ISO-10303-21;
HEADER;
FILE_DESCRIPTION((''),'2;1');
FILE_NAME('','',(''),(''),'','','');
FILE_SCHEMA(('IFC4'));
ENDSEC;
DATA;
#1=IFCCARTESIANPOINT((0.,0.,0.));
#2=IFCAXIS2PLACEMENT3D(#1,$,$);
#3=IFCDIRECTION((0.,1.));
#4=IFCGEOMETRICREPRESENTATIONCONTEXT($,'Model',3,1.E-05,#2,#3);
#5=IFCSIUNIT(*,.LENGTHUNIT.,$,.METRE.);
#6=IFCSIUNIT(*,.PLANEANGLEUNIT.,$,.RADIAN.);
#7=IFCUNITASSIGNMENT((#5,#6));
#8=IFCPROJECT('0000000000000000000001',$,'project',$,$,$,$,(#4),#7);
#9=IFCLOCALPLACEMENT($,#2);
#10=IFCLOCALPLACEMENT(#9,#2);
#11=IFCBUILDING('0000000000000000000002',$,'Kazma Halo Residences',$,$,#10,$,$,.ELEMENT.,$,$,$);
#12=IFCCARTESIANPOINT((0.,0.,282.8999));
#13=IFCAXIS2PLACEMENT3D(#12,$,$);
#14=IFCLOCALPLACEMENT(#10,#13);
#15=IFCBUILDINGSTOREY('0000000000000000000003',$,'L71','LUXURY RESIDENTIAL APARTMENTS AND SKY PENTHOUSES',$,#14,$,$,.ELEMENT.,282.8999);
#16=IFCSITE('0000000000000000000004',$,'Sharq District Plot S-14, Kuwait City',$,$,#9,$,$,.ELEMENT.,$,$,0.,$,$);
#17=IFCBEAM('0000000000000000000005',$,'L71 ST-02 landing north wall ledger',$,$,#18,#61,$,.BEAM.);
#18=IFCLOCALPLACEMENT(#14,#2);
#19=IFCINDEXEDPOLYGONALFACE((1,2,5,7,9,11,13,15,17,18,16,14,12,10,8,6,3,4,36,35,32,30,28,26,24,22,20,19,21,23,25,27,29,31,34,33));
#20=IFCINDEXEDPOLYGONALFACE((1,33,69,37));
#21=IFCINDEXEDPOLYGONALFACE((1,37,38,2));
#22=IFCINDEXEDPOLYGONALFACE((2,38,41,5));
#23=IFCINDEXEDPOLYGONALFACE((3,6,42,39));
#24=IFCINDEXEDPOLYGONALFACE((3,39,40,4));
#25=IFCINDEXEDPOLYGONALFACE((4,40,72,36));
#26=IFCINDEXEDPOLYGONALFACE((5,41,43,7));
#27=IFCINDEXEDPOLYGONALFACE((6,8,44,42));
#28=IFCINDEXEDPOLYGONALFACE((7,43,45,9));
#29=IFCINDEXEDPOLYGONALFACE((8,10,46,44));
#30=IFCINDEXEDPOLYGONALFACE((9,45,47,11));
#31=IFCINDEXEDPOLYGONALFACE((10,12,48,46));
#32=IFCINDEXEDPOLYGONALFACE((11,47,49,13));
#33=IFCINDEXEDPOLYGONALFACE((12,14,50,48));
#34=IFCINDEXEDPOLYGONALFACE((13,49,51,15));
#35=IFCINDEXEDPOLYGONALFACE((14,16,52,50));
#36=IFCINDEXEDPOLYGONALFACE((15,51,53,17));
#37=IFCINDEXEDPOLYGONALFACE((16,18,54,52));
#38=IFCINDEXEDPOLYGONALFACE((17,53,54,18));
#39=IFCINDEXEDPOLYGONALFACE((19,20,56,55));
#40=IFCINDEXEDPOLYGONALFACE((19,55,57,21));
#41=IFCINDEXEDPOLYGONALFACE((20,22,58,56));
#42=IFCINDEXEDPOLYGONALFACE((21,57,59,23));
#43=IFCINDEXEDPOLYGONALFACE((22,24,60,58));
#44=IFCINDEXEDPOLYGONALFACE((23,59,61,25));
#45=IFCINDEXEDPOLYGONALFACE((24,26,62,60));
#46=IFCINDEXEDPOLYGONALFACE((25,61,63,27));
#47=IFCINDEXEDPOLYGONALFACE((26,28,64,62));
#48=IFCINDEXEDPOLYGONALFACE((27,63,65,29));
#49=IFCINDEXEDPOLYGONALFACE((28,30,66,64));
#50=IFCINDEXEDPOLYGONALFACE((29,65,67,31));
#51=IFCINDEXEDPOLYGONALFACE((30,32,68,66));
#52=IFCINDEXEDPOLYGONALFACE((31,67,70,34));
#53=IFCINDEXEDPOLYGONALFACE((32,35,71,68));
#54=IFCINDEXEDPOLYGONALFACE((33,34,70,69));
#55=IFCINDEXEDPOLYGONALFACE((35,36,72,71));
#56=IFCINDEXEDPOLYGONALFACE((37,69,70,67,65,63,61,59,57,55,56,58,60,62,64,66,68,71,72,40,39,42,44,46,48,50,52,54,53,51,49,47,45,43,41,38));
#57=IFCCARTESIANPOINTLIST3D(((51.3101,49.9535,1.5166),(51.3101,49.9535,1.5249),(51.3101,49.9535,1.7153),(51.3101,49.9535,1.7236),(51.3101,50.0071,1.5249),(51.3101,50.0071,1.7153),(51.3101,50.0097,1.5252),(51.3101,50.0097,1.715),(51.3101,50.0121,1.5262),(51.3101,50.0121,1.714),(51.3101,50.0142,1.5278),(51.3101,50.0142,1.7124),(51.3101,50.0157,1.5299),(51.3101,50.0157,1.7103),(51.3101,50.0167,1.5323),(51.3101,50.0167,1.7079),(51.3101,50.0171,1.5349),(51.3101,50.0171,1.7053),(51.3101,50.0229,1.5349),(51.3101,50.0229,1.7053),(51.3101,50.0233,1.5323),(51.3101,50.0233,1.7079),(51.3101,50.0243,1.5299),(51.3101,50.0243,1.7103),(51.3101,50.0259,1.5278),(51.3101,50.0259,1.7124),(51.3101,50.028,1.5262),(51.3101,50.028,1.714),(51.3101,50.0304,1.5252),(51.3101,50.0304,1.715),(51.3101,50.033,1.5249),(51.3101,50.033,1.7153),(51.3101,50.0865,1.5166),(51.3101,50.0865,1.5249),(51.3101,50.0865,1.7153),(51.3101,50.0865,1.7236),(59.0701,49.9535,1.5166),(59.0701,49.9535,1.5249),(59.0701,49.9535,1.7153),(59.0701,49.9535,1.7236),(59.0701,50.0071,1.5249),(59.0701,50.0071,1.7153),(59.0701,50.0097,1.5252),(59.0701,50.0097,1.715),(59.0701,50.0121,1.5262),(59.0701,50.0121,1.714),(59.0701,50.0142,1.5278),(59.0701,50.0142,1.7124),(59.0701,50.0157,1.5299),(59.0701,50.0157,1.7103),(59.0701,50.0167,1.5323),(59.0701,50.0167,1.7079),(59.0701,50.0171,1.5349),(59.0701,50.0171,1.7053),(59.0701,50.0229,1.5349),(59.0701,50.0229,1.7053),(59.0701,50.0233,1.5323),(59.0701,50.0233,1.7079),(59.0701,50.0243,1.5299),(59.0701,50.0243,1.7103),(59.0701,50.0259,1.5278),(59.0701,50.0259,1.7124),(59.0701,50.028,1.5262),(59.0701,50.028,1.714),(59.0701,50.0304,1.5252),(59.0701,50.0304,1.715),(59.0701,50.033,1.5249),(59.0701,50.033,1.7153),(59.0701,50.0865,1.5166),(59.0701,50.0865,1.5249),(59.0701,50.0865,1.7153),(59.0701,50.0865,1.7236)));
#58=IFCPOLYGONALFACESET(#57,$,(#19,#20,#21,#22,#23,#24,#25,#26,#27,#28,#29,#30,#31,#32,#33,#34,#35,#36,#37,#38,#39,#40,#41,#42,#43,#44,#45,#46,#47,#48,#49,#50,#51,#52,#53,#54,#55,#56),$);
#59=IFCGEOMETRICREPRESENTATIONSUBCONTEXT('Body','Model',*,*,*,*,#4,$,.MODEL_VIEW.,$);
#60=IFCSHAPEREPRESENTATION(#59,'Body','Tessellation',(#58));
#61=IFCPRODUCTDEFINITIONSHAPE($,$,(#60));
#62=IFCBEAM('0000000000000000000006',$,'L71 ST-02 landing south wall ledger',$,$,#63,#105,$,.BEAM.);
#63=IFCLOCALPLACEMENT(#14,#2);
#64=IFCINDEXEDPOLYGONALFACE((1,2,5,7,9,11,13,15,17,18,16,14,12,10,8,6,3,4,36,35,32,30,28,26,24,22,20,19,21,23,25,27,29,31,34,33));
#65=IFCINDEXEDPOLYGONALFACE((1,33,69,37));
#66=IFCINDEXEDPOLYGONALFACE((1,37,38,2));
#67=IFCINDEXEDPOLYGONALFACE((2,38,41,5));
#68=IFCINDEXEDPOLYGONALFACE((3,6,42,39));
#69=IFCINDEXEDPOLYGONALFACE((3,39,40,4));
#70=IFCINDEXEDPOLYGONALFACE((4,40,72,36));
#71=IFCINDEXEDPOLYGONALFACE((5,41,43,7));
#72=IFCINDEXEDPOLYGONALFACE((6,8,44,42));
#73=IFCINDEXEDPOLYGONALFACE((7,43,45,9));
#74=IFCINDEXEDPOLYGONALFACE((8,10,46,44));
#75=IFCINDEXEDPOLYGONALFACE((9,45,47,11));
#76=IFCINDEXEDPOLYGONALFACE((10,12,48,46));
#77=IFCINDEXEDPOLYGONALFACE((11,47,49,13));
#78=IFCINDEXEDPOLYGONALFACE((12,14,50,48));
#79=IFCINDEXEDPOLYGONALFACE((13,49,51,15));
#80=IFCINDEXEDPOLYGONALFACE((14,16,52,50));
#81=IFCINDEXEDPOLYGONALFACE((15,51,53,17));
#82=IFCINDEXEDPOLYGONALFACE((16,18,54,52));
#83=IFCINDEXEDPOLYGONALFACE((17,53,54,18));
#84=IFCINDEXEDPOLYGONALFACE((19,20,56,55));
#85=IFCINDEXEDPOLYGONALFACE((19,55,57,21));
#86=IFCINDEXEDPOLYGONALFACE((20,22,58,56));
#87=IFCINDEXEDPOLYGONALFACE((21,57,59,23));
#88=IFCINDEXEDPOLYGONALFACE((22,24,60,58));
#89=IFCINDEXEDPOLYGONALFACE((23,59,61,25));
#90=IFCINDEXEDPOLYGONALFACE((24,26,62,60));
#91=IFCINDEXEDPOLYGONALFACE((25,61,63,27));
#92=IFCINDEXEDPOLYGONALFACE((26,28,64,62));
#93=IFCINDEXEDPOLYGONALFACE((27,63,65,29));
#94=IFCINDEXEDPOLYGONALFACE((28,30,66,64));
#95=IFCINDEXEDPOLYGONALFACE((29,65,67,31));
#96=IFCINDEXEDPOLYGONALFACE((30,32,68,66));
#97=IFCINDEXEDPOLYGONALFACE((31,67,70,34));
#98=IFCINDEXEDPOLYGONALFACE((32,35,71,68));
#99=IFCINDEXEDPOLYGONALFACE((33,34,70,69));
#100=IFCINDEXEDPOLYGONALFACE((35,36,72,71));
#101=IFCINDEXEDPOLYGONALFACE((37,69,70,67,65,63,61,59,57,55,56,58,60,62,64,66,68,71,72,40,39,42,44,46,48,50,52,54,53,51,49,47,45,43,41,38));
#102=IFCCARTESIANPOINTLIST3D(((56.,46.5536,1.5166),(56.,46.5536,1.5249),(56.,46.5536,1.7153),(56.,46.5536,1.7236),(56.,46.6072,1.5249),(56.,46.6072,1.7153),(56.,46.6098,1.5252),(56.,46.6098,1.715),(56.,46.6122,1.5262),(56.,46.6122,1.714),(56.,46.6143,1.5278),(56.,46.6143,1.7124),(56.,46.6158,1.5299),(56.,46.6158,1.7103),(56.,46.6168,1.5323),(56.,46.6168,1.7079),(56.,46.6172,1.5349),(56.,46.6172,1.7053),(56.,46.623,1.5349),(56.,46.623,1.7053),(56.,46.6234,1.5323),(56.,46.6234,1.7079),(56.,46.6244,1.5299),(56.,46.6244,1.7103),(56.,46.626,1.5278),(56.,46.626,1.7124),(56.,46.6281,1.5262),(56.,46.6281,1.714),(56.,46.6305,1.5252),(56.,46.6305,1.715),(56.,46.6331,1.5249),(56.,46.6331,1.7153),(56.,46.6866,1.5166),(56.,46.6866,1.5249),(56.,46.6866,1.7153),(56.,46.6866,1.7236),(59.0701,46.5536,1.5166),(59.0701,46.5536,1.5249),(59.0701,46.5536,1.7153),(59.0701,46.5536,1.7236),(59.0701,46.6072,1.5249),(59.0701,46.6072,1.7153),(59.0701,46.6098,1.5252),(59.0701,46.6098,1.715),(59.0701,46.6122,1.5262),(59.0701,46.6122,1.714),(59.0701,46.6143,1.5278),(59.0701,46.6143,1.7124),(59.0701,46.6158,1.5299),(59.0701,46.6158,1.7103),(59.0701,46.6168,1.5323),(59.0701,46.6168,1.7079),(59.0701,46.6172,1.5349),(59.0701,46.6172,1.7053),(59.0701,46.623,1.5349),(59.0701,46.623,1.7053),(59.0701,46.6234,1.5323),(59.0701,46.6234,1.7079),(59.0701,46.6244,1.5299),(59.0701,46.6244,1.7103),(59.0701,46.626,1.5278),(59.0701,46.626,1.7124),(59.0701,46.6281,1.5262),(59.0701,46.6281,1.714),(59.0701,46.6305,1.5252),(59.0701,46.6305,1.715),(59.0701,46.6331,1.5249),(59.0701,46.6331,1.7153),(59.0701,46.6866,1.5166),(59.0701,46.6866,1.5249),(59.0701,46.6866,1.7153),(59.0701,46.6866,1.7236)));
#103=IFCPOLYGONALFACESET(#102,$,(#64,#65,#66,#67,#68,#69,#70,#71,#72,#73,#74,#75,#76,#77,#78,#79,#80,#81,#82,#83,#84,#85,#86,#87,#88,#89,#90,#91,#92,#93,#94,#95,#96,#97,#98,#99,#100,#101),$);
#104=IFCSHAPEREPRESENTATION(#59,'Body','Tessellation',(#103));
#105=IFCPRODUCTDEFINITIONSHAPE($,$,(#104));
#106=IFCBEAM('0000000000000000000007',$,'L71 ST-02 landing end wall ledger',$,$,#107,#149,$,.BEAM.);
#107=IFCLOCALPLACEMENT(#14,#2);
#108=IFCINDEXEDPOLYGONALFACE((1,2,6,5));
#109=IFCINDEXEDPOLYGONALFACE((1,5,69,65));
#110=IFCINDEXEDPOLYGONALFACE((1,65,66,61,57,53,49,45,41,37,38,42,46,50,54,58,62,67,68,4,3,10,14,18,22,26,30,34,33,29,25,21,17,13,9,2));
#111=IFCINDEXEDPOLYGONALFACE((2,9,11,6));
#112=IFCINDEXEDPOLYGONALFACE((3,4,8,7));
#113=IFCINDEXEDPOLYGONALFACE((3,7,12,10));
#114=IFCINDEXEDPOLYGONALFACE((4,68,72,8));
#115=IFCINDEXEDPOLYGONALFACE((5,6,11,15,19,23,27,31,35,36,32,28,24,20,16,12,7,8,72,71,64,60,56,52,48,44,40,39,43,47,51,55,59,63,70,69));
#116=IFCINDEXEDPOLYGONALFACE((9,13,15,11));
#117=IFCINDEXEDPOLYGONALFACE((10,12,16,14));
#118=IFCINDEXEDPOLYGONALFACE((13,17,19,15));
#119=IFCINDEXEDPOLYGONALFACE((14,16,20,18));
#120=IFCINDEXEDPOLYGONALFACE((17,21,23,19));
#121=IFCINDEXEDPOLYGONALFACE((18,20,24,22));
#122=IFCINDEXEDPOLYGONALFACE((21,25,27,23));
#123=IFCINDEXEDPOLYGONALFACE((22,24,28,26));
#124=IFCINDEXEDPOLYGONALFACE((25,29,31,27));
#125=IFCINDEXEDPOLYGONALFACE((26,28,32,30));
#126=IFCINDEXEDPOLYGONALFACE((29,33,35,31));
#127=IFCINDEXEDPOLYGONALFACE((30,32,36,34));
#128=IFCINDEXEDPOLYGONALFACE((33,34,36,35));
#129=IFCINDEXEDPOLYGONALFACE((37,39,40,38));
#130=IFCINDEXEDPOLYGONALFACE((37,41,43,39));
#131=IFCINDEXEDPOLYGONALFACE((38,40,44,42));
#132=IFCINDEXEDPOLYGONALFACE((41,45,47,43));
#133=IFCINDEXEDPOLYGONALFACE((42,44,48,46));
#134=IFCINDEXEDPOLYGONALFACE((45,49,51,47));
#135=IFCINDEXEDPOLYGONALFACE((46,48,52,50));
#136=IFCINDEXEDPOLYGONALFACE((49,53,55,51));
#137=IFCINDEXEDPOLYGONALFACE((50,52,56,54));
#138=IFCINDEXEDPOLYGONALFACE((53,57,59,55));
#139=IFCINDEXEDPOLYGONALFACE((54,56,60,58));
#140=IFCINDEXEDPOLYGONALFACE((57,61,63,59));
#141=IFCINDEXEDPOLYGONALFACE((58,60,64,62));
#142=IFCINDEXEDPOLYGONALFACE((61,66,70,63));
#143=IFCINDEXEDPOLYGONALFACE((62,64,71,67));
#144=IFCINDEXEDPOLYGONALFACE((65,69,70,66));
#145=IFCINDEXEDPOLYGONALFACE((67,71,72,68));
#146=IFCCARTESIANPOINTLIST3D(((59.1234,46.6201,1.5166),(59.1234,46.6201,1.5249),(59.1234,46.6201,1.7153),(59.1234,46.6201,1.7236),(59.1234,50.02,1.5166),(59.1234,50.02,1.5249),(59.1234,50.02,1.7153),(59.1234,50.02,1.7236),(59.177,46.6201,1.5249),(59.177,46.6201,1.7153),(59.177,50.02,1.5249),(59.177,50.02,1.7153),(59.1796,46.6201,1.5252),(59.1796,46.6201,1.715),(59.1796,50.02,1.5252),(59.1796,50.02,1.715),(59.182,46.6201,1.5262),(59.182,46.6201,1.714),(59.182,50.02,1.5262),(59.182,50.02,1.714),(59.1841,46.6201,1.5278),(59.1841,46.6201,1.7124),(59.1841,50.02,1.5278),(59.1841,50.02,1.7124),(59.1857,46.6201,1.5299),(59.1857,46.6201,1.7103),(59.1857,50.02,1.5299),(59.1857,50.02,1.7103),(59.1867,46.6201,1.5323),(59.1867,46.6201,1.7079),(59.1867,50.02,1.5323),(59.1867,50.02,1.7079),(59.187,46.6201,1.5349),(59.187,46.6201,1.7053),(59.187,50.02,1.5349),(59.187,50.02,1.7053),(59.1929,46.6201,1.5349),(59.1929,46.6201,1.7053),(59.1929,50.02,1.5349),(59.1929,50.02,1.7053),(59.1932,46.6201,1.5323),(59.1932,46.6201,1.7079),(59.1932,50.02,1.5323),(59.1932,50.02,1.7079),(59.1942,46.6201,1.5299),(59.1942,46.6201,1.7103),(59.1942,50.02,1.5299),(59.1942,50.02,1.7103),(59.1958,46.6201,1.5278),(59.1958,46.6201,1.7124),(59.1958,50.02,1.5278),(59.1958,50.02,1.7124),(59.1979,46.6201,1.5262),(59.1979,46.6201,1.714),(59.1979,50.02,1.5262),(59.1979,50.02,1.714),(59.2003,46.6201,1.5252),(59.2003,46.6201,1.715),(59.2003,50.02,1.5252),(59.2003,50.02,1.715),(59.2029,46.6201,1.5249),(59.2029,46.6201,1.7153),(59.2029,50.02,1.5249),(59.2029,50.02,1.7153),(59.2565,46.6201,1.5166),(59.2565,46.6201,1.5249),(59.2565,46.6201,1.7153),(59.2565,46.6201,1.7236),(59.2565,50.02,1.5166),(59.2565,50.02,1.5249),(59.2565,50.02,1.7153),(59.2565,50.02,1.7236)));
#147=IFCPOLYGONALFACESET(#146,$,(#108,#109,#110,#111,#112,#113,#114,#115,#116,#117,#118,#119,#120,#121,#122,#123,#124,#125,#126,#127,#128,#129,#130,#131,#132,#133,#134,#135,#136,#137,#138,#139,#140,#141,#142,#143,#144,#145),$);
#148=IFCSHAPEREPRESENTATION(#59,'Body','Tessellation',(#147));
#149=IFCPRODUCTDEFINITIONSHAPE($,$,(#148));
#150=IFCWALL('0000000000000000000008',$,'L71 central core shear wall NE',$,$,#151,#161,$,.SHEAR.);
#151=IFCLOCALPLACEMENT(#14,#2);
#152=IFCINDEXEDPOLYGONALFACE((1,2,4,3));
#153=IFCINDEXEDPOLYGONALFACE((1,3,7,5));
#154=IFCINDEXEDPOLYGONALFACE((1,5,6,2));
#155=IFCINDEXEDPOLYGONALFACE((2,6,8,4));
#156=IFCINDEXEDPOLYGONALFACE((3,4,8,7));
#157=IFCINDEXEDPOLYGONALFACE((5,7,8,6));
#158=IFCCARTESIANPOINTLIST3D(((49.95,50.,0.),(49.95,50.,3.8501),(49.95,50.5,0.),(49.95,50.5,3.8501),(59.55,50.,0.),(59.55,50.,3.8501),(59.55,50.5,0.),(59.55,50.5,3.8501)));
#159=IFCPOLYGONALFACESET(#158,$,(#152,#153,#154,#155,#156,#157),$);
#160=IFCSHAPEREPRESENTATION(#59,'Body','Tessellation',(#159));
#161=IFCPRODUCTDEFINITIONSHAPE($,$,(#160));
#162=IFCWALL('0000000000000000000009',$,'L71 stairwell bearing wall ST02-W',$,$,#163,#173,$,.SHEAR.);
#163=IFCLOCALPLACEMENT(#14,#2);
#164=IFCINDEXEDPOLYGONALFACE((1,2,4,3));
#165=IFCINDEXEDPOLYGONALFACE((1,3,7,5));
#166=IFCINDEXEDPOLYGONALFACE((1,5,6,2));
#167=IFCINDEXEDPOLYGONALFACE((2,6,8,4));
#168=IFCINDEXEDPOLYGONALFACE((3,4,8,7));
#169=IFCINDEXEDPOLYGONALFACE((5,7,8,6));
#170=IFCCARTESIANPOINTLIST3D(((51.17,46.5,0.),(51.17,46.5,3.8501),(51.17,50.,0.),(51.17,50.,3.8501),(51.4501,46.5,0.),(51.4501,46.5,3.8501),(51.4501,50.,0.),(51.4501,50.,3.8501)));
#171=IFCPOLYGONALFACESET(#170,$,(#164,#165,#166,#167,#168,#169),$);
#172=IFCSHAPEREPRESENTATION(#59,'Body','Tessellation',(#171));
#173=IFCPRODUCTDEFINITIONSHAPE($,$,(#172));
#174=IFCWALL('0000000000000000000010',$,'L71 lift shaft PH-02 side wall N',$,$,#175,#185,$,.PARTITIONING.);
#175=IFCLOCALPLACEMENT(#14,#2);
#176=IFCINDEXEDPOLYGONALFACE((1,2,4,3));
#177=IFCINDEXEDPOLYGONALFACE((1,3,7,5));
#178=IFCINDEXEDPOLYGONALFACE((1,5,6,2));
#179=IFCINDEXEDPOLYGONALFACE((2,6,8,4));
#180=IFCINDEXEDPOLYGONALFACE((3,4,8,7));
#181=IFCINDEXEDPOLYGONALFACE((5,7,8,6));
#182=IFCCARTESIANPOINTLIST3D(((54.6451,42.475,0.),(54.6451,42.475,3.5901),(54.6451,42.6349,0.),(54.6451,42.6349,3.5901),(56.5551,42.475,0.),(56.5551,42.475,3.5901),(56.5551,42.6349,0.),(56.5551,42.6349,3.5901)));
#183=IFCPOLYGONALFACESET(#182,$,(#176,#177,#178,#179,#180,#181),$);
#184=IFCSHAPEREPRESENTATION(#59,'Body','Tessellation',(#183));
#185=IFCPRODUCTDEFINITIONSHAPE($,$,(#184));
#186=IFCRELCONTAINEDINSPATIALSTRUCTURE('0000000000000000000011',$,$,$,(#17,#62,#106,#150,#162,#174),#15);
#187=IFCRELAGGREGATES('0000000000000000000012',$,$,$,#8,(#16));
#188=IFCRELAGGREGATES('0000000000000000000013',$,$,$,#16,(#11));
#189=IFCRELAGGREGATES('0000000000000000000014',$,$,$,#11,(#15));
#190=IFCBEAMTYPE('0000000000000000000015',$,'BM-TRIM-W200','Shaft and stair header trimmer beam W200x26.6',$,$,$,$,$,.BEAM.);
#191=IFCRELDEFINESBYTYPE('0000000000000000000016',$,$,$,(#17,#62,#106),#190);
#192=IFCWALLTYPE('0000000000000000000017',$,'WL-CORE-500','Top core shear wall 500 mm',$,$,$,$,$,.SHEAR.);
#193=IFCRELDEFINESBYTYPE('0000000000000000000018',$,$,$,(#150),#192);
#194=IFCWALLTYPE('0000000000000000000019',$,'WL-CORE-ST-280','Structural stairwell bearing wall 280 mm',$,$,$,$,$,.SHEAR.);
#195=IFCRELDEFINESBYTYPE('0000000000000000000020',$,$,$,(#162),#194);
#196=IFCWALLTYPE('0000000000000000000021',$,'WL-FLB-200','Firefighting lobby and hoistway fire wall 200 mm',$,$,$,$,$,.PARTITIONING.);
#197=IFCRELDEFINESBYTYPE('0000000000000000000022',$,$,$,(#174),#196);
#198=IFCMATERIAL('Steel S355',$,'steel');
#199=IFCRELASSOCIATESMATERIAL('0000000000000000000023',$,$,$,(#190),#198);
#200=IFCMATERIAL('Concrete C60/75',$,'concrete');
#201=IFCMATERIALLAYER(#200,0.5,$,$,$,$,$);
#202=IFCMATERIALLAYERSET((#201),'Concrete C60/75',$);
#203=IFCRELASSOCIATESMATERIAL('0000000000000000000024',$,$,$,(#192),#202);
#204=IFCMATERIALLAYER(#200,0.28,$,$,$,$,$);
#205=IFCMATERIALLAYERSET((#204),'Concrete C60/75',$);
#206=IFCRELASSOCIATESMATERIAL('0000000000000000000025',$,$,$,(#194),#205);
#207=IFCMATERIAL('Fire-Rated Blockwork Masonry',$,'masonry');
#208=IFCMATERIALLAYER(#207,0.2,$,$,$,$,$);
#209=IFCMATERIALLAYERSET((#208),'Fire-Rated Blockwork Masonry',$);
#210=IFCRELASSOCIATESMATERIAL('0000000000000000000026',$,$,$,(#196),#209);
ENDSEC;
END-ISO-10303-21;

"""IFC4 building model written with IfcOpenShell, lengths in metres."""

from ifc_helpers import new_model, si_unit, direction, frame, frame_2d, origin, origin_2d, place, context, subcontext, project, spatial, rectangle, i_section, extrude, material, layer, layer_set, material_profile, profile_set, type_object, element, save


model = new_model("IFC4")

# Units and contexts
model_context = context("Model", 3, precision=1e-05, world=origin(), true_north=direction((0.0, 1.0)))
body_context = subcontext(model_context, "Body", "Model", "MODEL_VIEW")
ifc_project = project(units=[si_unit("LENGTHUNIT", "METRE"), si_unit("PLANEANGLEUNIT", "RADIAN")], contexts=[model_context])

# Site, building, storey
site_placement = place(None, origin())
site = spatial("IfcSite", under=ifc_project, at=site_placement, Name="Sharq District Plot S-14, Kuwait City", CompositionType="ELEMENT", RefElevation=0.0)
building_placement = place(site_placement, origin())
building = spatial("IfcBuilding", under=site, at=building_placement, Name="Kazma Halo Residences", CompositionType="ELEMENT")
storey_placement = place(building_placement, frame((0.0, 0.0, 282.8999)))
storey = spatial("IfcBuildingStorey", under=building, at=storey_placement, Name="L71", Description="LUXURY RESIDENTIAL APARTMENTS AND SKY PENTHOUSES", CompositionType="ELEMENT", Elevation=282.8999)

# Shared definitions
ifc_material_1 = material(Name="Steel S355", Category="steel")

# Beams
ifc_material_profile_1 = material_profile(ifc_material_1, i_section(OverallWidth=0.1331, OverallDepth=0.207, WebThickness=0.0059, FlangeThickness=0.0083, FilletRadius=0.01, at=origin_2d()), Name="W200x26.6")
ifc_profile_set_1 = profile_set([ifc_material_profile_1], Name="Steel S355")
beam_type_1 = type_object("IfcBeamType", Name="BM-TRIM-W200", Description="Shaft and stair header trimmer beam W200x26.6", PredefinedType="BEAM", material=ifc_profile_set_1)
beam_1_placement = place(storey_placement, frame((51.3101, 50.02, 1.6201), z_axis=(1.0, 0.0, 0.0), x_axis=(0.0, 1.0, 0.0)))
element("IfcBeam", 1, at=beam_1_placement, inside=storey, type_object=beam_type_1, Name="L71 ST-02 landing north wall ledger", PredefinedType="BEAM", context=body_context, shape_type="SweptSolid", body=[
    extrude(i_section(OverallWidth=0.1331, OverallDepth=0.207, WebThickness=0.0059, FlangeThickness=0.0083, FilletRadius=0.01, at=origin_2d()), origin(), (0.0, 0.0, 1.0), 7.76),
])
beam_2_placement = place(storey_placement, frame((56.0, 46.6201, 1.6201), z_axis=(1.0, 0.0, 0.0), x_axis=(0.0, 1.0, 0.0)))
element("IfcBeam", 2, at=beam_2_placement, inside=storey, type_object=beam_type_1, Name="L71 ST-02 landing south wall ledger", PredefinedType="BEAM", context=body_context, shape_type="SweptSolid", body=[
    extrude(i_section(OverallWidth=0.1331, OverallDepth=0.207, WebThickness=0.0059, FlangeThickness=0.0083, FilletRadius=0.01, at=origin_2d()), origin(), (0.0, 0.0, 1.0), 3.0701),
])
beam_3_placement = place(storey_placement, frame((59.1899, 46.6201, 1.6201), z_axis=(0.0, 1.0, 0.0), x_axis=(-1.0, 0.0, 0.0)))
element("IfcBeam", 3, at=beam_3_placement, inside=storey, type_object=beam_type_1, Name="L71 ST-02 landing end wall ledger", PredefinedType="BEAM", context=body_context, shape_type="SweptSolid", body=[
    extrude(i_section(OverallWidth=0.1331, OverallDepth=0.207, WebThickness=0.0059, FlangeThickness=0.0083, FilletRadius=0.01, at=origin_2d()), origin(), (0.0, 0.0, 1.0), 3.3999),
])

# Walls
ifc_material_2 = material(Name="Concrete C60/75", Category="concrete")
ifc_layer_1 = layer(ifc_material_2, 0.5)
ifc_layer_set_1 = layer_set([ifc_layer_1], Name="Concrete C60/75")
wall_type_1 = type_object("IfcWallType", Name="WL-CORE-500", Description="Top core shear wall 500 mm", PredefinedType="SHEAR", material=ifc_layer_set_1)
wall_1_placement = place(storey_placement, frame((49.95, 50.25, 0.0), z_axis=(0.0, 0.0, 1.0), x_axis=(1.0, 0.0, 0.0)))
element("IfcWall", 4, at=wall_1_placement, inside=storey, type_object=wall_type_1, Name="L71 central core shear wall NE", PredefinedType="SHEAR", context=body_context, shape_type="SweptSolid", body=[
    extrude(rectangle(XDim=9.6001, YDim=0.5, at=frame_2d((4.8, 0.0))), origin(), (0.0, 0.0, 1.0), 3.8501),
])
ifc_layer_2 = layer(ifc_material_2, 0.28)
ifc_layer_set_2 = layer_set([ifc_layer_2], Name="Concrete C60/75")
wall_type_2 = type_object("IfcWallType", Name="WL-CORE-ST-280", Description="Structural stairwell bearing wall 280 mm", PredefinedType="SHEAR", material=ifc_layer_set_2)
wall_2_placement = place(storey_placement, frame((51.3101, 46.5, 0.0), z_axis=(0.0, 0.0, 1.0), x_axis=(0.0, 1.0, 0.0)))
element("IfcWall", 5, at=wall_2_placement, inside=storey, type_object=wall_type_2, Name="L71 stairwell bearing wall ST02-W", PredefinedType="SHEAR", context=body_context, shape_type="SweptSolid", body=[
    extrude(rectangle(XDim=3.5, YDim=0.28, at=frame_2d((1.75, 0.0))), origin(), (0.0, 0.0, 1.0), 3.8501),
])
ifc_material_3 = material(Name="Fire-Rated Blockwork Masonry", Category="masonry")
ifc_layer_3 = layer(ifc_material_3, 0.2)
ifc_layer_set_3 = layer_set([ifc_layer_3], Name="Fire-Rated Blockwork Masonry")
wall_type_3 = type_object("IfcWallType", Name="WL-FLB-200", Description="Firefighting lobby and hoistway fire wall 200 mm", PredefinedType="PARTITIONING", material=ifc_layer_set_3)
wall_3_placement = place(storey_placement, frame((54.645, 42.5549, 0.0), z_axis=(0.0, 0.0, 1.0), x_axis=(1.0, 0.0, 0.0)))
element("IfcWall", 6, at=wall_3_placement, inside=storey, type_object=wall_type_3, Name="L71 lift shaft PH-02 side wall N", PredefinedType="PARTITIONING", context=body_context, shape_type="SweptSolid", body=[
    extrude(rectangle(XDim=1.9099, YDim=0.1599, at=frame_2d((0.9551, 0.0))), origin(), (0.0, 0.0, 1.0), 3.5901),
])

save(model, "model.ifc")
